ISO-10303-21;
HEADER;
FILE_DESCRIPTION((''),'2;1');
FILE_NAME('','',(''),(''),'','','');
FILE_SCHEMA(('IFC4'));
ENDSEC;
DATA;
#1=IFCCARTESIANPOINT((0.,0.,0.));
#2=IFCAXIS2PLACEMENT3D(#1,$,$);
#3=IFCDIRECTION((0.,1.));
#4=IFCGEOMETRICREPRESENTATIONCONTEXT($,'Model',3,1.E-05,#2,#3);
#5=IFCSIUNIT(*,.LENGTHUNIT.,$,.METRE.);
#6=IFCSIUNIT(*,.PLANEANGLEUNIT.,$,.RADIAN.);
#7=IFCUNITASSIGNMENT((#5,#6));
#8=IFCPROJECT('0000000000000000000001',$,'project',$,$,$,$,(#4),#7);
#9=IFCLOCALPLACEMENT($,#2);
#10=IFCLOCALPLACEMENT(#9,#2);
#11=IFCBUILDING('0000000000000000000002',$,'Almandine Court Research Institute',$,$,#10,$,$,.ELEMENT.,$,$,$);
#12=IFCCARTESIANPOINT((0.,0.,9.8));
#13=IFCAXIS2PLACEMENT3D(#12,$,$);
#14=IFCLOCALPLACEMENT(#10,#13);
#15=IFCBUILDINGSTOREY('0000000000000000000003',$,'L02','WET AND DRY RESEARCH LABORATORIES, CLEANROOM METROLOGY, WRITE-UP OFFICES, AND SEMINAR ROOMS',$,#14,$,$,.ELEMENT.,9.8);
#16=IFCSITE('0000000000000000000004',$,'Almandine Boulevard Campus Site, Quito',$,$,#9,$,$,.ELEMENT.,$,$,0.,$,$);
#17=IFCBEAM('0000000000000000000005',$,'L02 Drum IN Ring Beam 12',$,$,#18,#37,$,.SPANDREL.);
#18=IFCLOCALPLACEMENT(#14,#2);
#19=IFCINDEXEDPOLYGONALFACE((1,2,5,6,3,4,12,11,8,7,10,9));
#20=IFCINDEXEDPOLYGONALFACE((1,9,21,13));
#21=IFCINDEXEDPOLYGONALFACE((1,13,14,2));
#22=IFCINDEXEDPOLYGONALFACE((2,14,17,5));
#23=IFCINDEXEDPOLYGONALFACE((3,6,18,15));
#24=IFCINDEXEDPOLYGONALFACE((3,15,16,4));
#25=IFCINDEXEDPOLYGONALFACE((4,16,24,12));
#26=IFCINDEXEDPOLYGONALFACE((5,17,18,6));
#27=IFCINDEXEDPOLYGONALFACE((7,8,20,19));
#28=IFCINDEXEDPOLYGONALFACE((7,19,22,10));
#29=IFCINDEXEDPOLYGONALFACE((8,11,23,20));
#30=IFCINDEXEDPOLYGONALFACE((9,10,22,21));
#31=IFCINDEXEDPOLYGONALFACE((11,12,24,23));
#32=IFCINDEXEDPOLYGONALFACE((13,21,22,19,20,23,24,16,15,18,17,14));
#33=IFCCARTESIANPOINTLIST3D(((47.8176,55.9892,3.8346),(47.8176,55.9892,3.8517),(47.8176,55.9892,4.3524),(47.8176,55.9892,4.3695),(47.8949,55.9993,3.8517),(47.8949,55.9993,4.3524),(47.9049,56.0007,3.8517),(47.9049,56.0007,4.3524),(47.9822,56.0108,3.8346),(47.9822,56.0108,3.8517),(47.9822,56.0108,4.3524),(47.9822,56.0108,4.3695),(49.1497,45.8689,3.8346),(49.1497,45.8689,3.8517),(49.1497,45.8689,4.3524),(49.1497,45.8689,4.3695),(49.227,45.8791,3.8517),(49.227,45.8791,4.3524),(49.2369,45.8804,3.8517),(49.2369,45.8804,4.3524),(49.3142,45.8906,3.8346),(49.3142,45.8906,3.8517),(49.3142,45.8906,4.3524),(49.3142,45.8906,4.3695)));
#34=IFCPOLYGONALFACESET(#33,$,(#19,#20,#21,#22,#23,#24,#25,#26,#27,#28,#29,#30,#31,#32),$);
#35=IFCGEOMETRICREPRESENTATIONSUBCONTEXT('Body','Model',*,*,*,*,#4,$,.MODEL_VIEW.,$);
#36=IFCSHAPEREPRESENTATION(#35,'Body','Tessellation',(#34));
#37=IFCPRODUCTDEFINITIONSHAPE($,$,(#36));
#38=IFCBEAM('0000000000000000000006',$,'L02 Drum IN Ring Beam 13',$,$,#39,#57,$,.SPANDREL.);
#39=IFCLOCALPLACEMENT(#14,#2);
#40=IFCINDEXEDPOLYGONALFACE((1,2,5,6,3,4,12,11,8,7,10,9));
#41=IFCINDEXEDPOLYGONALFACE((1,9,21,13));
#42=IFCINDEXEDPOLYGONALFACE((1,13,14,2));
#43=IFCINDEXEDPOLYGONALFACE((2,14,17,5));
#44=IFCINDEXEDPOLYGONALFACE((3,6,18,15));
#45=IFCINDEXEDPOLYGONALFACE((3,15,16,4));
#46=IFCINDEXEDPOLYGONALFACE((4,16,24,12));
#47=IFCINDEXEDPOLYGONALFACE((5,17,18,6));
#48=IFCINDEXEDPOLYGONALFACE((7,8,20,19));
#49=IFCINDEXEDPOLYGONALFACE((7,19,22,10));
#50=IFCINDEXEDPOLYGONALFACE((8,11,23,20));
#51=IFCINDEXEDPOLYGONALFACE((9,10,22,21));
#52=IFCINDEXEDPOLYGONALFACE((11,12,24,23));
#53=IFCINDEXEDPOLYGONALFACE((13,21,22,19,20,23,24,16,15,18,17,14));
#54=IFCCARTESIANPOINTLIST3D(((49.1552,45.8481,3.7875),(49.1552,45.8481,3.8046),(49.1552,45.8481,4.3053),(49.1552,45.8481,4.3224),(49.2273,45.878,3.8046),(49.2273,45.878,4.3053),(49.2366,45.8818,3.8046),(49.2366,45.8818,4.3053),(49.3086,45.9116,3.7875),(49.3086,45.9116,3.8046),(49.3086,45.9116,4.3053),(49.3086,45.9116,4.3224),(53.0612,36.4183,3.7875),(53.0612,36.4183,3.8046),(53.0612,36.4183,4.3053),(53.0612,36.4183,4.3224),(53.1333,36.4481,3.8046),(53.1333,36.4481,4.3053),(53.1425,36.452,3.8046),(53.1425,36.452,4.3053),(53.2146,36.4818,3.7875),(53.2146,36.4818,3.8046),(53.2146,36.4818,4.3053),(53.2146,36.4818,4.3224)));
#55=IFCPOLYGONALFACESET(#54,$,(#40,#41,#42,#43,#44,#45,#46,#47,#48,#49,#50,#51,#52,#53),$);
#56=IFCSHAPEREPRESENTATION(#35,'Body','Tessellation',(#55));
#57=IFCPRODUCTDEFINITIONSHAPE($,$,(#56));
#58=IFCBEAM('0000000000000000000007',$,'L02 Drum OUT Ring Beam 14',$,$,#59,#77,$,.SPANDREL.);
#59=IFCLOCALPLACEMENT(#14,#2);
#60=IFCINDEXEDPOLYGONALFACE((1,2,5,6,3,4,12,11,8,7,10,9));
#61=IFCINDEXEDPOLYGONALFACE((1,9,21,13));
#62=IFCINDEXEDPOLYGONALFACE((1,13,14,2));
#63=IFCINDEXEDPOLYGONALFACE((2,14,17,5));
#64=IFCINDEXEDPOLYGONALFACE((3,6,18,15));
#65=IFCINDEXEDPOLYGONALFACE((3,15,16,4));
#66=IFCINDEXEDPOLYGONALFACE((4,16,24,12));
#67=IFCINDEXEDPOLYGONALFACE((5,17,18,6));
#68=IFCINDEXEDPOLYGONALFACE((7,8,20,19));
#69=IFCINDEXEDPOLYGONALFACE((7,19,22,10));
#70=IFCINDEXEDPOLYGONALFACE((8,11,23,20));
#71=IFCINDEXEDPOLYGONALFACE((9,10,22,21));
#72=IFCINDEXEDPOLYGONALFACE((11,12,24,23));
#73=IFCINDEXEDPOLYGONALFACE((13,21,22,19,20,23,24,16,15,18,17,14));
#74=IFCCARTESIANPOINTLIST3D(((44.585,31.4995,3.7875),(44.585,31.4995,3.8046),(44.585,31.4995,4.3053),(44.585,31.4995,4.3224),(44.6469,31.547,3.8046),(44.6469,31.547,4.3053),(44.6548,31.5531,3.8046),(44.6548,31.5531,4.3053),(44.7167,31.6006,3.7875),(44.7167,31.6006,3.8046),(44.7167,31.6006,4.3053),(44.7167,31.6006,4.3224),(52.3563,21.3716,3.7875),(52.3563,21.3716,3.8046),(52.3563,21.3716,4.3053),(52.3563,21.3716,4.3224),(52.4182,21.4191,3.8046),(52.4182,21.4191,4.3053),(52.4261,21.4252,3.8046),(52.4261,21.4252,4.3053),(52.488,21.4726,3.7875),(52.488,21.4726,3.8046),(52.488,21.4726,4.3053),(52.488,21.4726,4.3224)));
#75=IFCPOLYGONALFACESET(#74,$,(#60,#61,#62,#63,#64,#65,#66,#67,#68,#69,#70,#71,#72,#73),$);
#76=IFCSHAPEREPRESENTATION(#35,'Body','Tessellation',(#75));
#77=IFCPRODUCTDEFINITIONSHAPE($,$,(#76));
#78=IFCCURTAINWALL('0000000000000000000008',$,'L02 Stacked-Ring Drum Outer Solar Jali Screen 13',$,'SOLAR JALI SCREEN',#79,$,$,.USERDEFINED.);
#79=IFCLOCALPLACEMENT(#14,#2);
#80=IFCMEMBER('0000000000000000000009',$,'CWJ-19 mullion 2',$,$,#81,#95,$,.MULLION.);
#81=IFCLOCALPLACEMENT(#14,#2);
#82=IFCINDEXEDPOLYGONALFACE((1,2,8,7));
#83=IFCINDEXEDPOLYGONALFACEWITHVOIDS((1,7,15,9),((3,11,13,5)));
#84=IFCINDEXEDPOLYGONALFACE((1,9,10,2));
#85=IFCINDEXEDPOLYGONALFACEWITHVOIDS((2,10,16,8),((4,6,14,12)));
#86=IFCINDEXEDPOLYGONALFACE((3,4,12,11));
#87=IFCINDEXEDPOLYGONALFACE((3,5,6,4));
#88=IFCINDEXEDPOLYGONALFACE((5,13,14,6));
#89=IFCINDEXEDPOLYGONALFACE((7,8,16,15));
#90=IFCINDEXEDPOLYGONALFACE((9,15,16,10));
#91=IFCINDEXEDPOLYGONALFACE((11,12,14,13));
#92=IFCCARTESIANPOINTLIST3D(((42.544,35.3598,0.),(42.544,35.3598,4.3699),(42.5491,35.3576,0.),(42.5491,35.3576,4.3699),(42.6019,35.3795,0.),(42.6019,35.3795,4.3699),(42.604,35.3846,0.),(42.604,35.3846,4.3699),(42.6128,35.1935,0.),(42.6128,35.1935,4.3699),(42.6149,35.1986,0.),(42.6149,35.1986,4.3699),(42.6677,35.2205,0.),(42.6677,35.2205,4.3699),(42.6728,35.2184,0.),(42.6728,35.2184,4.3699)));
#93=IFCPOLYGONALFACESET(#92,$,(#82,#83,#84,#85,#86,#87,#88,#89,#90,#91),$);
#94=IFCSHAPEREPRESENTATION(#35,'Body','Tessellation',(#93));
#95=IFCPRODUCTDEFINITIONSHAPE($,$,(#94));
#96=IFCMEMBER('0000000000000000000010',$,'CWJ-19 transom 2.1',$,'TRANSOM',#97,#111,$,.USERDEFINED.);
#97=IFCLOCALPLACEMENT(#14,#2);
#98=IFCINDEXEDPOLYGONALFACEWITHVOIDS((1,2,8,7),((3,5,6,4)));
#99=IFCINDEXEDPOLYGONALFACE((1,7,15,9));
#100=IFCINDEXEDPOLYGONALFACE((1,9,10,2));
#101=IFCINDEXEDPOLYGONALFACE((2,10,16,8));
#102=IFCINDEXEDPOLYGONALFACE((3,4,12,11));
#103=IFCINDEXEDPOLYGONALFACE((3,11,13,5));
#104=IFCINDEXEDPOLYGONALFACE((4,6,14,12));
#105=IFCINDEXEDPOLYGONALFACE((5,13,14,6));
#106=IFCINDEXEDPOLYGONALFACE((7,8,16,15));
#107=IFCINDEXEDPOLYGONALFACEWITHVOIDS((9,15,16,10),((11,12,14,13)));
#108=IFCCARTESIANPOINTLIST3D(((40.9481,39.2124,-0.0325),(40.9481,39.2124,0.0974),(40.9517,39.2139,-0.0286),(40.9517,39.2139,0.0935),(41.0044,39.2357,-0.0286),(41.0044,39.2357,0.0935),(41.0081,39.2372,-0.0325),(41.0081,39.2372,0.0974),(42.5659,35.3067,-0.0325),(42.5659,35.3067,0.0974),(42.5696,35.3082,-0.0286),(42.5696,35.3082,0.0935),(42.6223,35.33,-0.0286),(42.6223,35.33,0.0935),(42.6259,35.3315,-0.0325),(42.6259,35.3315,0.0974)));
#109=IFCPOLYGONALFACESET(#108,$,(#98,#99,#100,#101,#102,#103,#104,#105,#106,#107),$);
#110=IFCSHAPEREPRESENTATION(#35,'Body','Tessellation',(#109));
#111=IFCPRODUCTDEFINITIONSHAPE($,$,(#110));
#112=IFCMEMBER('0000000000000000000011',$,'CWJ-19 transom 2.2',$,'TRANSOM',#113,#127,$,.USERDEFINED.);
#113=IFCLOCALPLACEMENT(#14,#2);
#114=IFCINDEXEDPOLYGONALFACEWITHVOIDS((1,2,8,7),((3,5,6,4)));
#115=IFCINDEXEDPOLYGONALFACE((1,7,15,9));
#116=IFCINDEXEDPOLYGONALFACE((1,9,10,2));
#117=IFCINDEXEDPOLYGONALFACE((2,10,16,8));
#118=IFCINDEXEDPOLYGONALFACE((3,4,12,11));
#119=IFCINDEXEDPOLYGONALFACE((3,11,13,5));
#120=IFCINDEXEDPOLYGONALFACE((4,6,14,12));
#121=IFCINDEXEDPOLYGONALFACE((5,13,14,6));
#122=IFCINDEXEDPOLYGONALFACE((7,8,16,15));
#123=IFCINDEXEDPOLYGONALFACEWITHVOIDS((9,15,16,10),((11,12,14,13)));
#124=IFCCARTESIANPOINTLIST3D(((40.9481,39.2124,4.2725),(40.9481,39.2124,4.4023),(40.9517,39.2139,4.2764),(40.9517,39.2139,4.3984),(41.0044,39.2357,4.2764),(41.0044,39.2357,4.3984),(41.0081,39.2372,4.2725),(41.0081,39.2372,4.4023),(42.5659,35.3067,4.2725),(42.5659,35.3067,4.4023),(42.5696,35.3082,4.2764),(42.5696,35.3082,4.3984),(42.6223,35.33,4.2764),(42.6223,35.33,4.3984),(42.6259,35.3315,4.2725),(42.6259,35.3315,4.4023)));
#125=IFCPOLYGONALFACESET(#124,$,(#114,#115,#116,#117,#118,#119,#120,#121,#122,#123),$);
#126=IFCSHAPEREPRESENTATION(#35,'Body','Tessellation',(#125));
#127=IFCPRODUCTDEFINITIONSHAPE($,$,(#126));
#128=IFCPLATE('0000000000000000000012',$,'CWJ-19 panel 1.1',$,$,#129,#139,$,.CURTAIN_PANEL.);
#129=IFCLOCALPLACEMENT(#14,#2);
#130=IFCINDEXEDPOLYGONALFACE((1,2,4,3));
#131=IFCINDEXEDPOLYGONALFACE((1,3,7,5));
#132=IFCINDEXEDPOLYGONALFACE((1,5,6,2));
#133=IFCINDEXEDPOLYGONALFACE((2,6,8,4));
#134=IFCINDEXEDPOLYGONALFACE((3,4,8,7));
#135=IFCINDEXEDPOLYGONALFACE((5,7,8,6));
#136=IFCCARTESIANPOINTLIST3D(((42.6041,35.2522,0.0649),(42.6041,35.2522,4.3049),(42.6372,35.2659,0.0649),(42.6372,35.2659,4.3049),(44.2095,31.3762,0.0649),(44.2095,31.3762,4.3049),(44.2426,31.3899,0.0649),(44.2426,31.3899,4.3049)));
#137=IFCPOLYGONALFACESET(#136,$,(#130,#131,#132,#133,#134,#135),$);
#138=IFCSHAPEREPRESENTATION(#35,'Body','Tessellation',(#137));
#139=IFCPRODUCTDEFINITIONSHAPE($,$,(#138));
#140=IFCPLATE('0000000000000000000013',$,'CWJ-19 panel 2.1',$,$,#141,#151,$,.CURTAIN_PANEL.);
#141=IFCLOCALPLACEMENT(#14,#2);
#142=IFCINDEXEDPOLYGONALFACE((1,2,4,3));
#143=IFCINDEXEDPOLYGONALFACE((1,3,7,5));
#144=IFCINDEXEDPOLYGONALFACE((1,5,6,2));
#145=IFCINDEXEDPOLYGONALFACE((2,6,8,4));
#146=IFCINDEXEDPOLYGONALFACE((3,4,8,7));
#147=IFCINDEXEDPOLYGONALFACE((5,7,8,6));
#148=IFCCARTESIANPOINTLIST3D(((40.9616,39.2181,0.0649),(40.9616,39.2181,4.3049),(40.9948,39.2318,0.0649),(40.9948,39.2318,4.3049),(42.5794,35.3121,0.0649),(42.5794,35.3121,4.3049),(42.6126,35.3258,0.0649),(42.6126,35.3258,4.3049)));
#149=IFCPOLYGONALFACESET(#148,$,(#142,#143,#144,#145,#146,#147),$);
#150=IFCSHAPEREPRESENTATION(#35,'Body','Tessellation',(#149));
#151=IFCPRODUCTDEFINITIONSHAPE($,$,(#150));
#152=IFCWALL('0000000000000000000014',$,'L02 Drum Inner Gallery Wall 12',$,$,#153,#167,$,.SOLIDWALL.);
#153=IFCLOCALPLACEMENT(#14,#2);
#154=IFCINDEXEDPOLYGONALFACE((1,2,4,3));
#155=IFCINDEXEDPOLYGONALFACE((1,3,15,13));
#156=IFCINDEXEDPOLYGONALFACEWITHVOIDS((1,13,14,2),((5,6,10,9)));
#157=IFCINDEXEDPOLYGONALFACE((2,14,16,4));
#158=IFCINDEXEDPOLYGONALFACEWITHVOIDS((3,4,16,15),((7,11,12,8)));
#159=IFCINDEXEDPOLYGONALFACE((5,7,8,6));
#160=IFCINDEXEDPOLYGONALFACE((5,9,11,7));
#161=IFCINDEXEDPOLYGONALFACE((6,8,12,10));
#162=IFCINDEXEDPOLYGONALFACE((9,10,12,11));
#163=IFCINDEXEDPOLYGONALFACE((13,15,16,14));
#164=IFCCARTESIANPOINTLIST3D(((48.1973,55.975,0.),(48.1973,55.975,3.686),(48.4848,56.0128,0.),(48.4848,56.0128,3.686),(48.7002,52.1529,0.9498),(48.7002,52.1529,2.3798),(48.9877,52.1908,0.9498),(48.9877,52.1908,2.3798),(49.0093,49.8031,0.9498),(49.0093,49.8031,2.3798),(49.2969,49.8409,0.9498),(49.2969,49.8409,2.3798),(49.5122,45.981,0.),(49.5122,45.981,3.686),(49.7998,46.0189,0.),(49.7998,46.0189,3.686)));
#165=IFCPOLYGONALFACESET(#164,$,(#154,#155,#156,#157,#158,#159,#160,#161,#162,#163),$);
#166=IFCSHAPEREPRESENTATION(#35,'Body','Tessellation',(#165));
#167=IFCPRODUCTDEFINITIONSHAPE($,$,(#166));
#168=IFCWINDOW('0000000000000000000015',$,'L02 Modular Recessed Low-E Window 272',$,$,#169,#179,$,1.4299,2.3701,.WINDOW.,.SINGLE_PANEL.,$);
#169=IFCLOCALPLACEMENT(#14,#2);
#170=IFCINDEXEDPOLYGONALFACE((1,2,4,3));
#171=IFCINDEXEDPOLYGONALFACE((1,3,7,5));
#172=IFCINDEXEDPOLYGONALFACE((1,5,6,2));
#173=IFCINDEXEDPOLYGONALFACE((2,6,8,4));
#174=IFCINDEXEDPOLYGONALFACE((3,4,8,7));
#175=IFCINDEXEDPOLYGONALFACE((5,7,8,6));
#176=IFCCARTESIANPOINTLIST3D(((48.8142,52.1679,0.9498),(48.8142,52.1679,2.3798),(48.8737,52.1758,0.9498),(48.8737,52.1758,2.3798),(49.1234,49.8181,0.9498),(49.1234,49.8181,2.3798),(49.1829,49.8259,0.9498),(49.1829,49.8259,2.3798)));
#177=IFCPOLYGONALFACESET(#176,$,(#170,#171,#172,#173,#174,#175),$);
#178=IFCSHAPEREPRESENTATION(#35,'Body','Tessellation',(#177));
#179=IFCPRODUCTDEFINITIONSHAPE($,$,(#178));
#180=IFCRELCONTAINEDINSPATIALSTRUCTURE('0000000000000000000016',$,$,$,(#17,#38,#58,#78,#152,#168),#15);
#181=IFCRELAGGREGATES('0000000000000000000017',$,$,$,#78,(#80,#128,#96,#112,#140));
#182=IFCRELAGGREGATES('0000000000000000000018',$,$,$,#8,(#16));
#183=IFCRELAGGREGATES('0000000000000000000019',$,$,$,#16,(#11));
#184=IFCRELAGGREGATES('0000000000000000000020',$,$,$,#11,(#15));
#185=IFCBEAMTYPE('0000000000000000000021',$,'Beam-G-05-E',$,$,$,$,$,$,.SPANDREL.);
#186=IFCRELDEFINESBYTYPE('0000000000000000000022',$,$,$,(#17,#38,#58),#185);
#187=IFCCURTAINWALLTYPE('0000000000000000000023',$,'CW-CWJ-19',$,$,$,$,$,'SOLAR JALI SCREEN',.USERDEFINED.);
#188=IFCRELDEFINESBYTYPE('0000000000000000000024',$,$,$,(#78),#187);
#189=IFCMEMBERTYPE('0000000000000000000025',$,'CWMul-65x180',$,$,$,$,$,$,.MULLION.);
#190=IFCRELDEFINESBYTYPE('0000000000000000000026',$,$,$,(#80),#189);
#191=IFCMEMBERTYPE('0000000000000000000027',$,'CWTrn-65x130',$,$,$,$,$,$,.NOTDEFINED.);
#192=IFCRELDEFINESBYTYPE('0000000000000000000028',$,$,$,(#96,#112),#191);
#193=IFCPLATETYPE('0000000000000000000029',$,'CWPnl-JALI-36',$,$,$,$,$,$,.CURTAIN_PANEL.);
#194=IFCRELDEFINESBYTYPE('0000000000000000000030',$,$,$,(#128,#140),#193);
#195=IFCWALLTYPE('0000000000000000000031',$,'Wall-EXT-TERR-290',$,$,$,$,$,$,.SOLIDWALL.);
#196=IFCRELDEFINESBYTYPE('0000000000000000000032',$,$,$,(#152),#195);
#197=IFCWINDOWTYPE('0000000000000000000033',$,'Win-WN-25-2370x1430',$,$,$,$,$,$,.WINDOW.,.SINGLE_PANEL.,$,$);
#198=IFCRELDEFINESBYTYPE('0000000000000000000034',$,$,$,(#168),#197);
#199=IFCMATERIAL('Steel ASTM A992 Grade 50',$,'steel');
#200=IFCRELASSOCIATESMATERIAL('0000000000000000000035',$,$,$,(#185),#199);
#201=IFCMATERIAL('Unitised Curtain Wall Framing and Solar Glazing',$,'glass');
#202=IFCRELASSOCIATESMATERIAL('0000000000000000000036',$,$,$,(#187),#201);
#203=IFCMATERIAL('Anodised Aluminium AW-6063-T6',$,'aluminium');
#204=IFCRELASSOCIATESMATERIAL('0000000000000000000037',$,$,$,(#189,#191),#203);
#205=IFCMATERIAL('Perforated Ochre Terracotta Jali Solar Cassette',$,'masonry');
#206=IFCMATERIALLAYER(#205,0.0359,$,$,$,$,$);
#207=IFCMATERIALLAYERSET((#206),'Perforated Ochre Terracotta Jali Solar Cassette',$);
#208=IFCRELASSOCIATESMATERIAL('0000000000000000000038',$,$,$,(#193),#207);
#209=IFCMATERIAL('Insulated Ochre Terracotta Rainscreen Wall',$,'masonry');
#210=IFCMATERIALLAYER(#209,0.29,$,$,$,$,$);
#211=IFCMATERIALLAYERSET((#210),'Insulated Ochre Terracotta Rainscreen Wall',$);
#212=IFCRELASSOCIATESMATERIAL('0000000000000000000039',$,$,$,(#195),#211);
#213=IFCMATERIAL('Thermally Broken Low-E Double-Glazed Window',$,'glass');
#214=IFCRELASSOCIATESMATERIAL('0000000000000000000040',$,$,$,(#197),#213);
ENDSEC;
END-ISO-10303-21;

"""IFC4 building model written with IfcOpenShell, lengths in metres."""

from ifc_helpers import new_model, si_unit, direction, frame, frame_2d, origin, origin_2d, place, context, subcontext, project, spatial, rectangle, hollow_rectangle, i_section, extrude, material, layer, layer_set, material_profile, profile_set, type_object, element, fill, aggregate, save


model = new_model("IFC4")

# Units and contexts
model_context = context("Model", 3, precision=1e-05, world=origin(), true_north=direction((0.0, 1.0)))
body_context = subcontext(model_context, "Body", "Model", "MODEL_VIEW")
ifc_project = project(units=[si_unit("LENGTHUNIT", "METRE"), si_unit("PLANEANGLEUNIT", "RADIAN")], contexts=[model_context])

# Site, building, storey
site_placement = place(None, origin())
site = spatial("IfcSite", under=ifc_project, at=site_placement, Name="Almandine Boulevard Campus Site, Quito", CompositionType="ELEMENT", RefElevation=0.0)
building_placement = place(site_placement, origin())
building = spatial("IfcBuilding", under=site, at=building_placement, Name="Almandine Court Research Institute", CompositionType="ELEMENT")
storey_placement = place(building_placement, frame((0.0, 0.0, 9.8)))
storey = spatial("IfcBuildingStorey", under=building, at=storey_placement, Name="L02", Description="WET AND DRY RESEARCH LABORATORIES, CLEANROOM METROLOGY, WRITE-UP OFFICES, AND SEMINAR ROOMS", CompositionType="ELEMENT", Elevation=9.8)

# Shared definitions
ifc_material_1 = material(Name="Steel ASTM A992 Grade 50", Category="steel")

# Beams
ifc_material_profile_1 = material_profile(ifc_material_1, i_section(OverallWidth=0.166, OverallDepth=0.5349, WebThickness=0.01, FlangeThickness=0.0171, at=origin_2d()), Name="W530x85")
ifc_profile_set_1 = profile_set([ifc_material_profile_1], Name="Steel ASTM A992 Grade 50")
beam_type_1 = type_object("IfcBeamType", Name="Beam-G-05-E", PredefinedType="SPANDREL", material=ifc_profile_set_1)
beam_1_placement = place(storey_placement, frame((47.8999, 56.0, 4.1021), z_axis=(0.130497, -0.991449, 0.0), x_axis=(0.991449, 0.130497, 0.0)))
element("IfcBeam", 1, at=beam_1_placement, inside=storey, type_object=beam_type_1, Name="L02 Drum IN Ring Beam 12", PredefinedType="SPANDREL", context=body_context, shape_type="SweptSolid", body=[
    extrude(i_section(OverallWidth=0.166, OverallDepth=0.5349, WebThickness=0.01, FlangeThickness=0.0171, at=origin_2d()), origin(), (0.0, 0.0, 1.0), 10.2075),
])
beam_2_placement = place(storey_placement, frame((49.2319, 45.8799, 4.0549), z_axis=(0.382683, -0.92388, 0.0), x_axis=(0.92388, 0.382683, 0.0)))
element("IfcBeam", 2, at=beam_2_placement, inside=storey, type_object=beam_type_1, Name="L02 Drum IN Ring Beam 13", PredefinedType="SPANDREL", context=body_context, shape_type="SweptSolid", body=[
    extrude(i_section(OverallWidth=0.166, OverallDepth=0.5349, WebThickness=0.01, FlangeThickness=0.0171, at=origin_2d()), origin(), (0.0, 0.0, 1.0), 10.2068),
])
beam_3_placement = place(storey_placement, frame((44.6509, 31.55, 4.0549), z_axis=(0.608752, -0.793361, 0.0), x_axis=(0.793361, 0.608752, 0.0)))
element("IfcBeam", 3, at=beam_3_placement, inside=storey, type_object=beam_type_1, Name="L02 Drum OUT Ring Beam 14", PredefinedType="SPANDREL", context=body_context, shape_type="SweptSolid", body=[
    extrude(i_section(OverallWidth=0.166, OverallDepth=0.5349, WebThickness=0.01, FlangeThickness=0.0171, at=origin_2d()), origin(), (0.0, 0.0, 1.0), 12.7659),
])

# Curtain wall, members, plates
ifc_material_2 = material(Name="Unitised Curtain Wall Framing and Solar Glazing", Category="glass")
curtain_wall_type = type_object("IfcCurtainWallType", Name="CW-CWJ-19", ElementType="SOLAR JALI SCREEN", PredefinedType="USERDEFINED", material=ifc_material_2)
curtain_wall_placement = place(storey_placement, origin())
curtain_wall = element("IfcCurtainWall", 4, at=curtain_wall_placement, inside=storey, type_object=curtain_wall_type, Name="L02 Stacked-Ring Drum Outer Solar Jali Screen 13", ObjectType="SOLAR JALI SCREEN", PredefinedType="USERDEFINED")
ifc_material_3 = material(Name="Anodised Aluminium AW-6063-T6", Category="aluminium")
ifc_material_profile_2 = material_profile(ifc_material_3, hollow_rectangle(XDim=0.0649, YDim=0.1799, WallThickness=0.0039, at=origin_2d()), Name="ALU RHS 65x180x4")
ifc_profile_set_2 = profile_set([ifc_material_profile_2], Name="Anodised Aluminium AW-6063-T6")
member_type_1 = type_object("IfcMemberType", Name="CWMul-65x180", PredefinedType="MULLION", material=ifc_profile_set_2)
member_1_placement = place(storey_placement, frame((42.6084, 35.2891, 0.0), z_axis=(0.0, 0.0, 1.0), x_axis=(-0.923888, -0.382663, 0.0)))
member_1 = element("IfcMember", 5, at=member_1_placement, type_object=member_type_1, Name="CWJ-19 mullion 2", PredefinedType="MULLION", context=body_context, shape_type="SweptSolid", body=[
    extrude(hollow_rectangle(XDim=0.0649, YDim=0.1799, WallThickness=0.0039, at=origin_2d()), origin(), (0.0, 0.0, 1.0), 4.3699),
])
ifc_material_profile_3 = material_profile(ifc_material_3, hollow_rectangle(XDim=0.0649, YDim=0.1299, WallThickness=0.0039, at=origin_2d()), Name="ALU RHS 65x130x4")
ifc_profile_set_3 = profile_set([ifc_material_profile_3], Name="Anodised Aluminium AW-6063-T6")
member_type_2 = type_object("IfcMemberType", Name="CWTrn-65x130", PredefinedType="NOTDEFINED", material=ifc_profile_set_3)
member_2_placement = place(storey_placement, frame((42.5959, 35.3191, 0.0325), z_axis=(-0.382704, 0.923871, 0.0), x_axis=(-0.923871, -0.382704, 0.0)))
member_2 = element("IfcMember", 6, at=member_2_placement, type_object=member_type_2, Name="CWJ-19 transom 2.1", ObjectType="TRANSOM", PredefinedType="USERDEFINED", context=body_context, shape_type="SweptSolid", body=[
    extrude(hollow_rectangle(XDim=0.0649, YDim=0.1299, WallThickness=0.0039, at=origin_2d()), origin(), (0.0, 0.0, 1.0), 4.2275),
])
member_3_placement = place(storey_placement, frame((42.5959, 35.3191, 4.3374), z_axis=(-0.382704, 0.923871, 0.0), x_axis=(-0.923871, -0.382704, 0.0)))
member_3 = element("IfcMember", 7, at=member_3_placement, type_object=member_type_2, Name="CWJ-19 transom 2.2", ObjectType="TRANSOM", PredefinedType="USERDEFINED", context=body_context, shape_type="SweptSolid", body=[
    extrude(hollow_rectangle(XDim=0.0649, YDim=0.1299, WallThickness=0.0039, at=origin_2d()), origin(), (0.0, 0.0, 1.0), 4.2275),
])
ifc_material_4 = material(Name="Perforated Ochre Terracotta Jali Solar Cassette", Category="masonry")
ifc_layer_1 = layer(ifc_material_4, 0.0359)
ifc_layer_set_1 = layer_set([ifc_layer_1], Name="Perforated Ochre Terracotta Jali Solar Cassette")
plate_type = type_object("IfcPlateType", Name="CWPnl-JALI-36", PredefinedType="CURTAIN_PANEL", material=ifc_layer_set_1)
plate_1_placement = place(storey_placement, frame((43.4233, 33.321, 0.0649), z_axis=(0.0, 0.0, 1.0), x_axis=(-0.382663, 0.923888, 0.0)))
plate_1 = element("IfcPlate", 8, at=plate_1_placement, type_object=plate_type, Name="CWJ-19 panel 1.1", PredefinedType="CURTAIN_PANEL", context=body_context, shape_type="SweptSolid", body=[
    extrude(rectangle(XDim=4.1953, YDim=0.0359, at=origin_2d()), origin(), (0.0, 0.0, 1.0), 4.24),
])
plate_2_placement = place(storey_placement, frame((41.7871, 37.272, 0.0649), z_axis=(0.0, 0.0, 1.0), x_axis=(-0.382663, 0.923888, 0.0)))
plate_2 = element("IfcPlate", 9, at=plate_2_placement, type_object=plate_type, Name="CWJ-19 panel 2.1", PredefinedType="CURTAIN_PANEL", context=body_context, shape_type="SweptSolid", body=[
    extrude(rectangle(XDim=4.2278, YDim=0.0359, at=origin_2d()), origin(), (0.0, 0.0, 1.0), 4.24),
])
aggregate(curtain_wall, [member_1, plate_1, member_2, member_3, plate_2])

# Wall, opening, window
ifc_material_5 = material(Name="Insulated Ochre Terracotta Rainscreen Wall", Category="masonry")
ifc_layer_2 = layer(ifc_material_5, 0.29)
ifc_layer_set_2 = layer_set([ifc_layer_2], Name="Insulated Ochre Terracotta Rainscreen Wall")
wall_type_1 = type_object("IfcWallType", Name="Wall-EXT-TERR-290", PredefinedType="SOLIDWALL", material=ifc_layer_set_2)
wall_1_placement = place(storey_placement, frame((48.3411, 55.9939, 0.0), z_axis=(0.0, 0.0, 1.0), x_axis=(0.13045, -0.991455, 0.0)))
wall_1 = element("IfcWall", 10, at=wall_1_placement, inside=storey, type_object=wall_type_1, Name="L02 Drum Inner Gallery Wall 12", PredefinedType="SOLIDWALL", context=body_context, shape_type="SweptSolid", body=[
    extrude(rectangle(XDim=10.0801, YDim=0.29, at=frame_2d((5.04, 0.0))), origin(), (0.0, 0.0, 1.0), 3.686),
])
opening_placement = place(wall_1_placement, frame((3.855, 0.0, 0.95)))
opening = element("IfcOpeningElement", 11, at=opening_placement, cuts=wall_1, PredefinedType="OPENING", context=body_context, shape_type="SweptSolid", body=[
    extrude(rectangle(XDim=2.3701, YDim=1.4299, at=frame_2d((1.1851, 0.7148))), frame((0.0, 0.155, 0.0), z_axis=(0.0, -1.0, 0.0), x_axis=(1.0, 0.0, 0.0)), (0.0, 0.0, 1.0), 0.3101),
])
ifc_material_6 = material(Name="Thermally Broken Low-E Double-Glazed Window", Category="glass")
window_type = type_object("IfcWindowType", Name="Win-WN-25-2370x1430", PartitioningType="SINGLE_PANEL", PredefinedType="WINDOW", material=ifc_material_6)
window_placement = place(opening_placement, origin())
window = element("IfcWindow", 12, at=window_placement, inside=storey, type_object=window_type, Name="L02 Modular Recessed Low-E Window 272", OverallHeight=1.4299, OverallWidth=2.3701, PartitioningType="SINGLE_PANEL", PredefinedType="WINDOW", context=body_context, shape_type="SweptSolid", body=[
    extrude(rectangle(XDim=2.3701, YDim=1.4299, at=frame_2d((1.1851, 0.7148))), frame((0.0, 0.03, 0.0), z_axis=(0.0, -1.0, 0.0), x_axis=(1.0, 0.0, 0.0)), (0.0, 0.0, 1.0), 0.0601),
])
fill(opening, window)

save(model, "model.ifc")
